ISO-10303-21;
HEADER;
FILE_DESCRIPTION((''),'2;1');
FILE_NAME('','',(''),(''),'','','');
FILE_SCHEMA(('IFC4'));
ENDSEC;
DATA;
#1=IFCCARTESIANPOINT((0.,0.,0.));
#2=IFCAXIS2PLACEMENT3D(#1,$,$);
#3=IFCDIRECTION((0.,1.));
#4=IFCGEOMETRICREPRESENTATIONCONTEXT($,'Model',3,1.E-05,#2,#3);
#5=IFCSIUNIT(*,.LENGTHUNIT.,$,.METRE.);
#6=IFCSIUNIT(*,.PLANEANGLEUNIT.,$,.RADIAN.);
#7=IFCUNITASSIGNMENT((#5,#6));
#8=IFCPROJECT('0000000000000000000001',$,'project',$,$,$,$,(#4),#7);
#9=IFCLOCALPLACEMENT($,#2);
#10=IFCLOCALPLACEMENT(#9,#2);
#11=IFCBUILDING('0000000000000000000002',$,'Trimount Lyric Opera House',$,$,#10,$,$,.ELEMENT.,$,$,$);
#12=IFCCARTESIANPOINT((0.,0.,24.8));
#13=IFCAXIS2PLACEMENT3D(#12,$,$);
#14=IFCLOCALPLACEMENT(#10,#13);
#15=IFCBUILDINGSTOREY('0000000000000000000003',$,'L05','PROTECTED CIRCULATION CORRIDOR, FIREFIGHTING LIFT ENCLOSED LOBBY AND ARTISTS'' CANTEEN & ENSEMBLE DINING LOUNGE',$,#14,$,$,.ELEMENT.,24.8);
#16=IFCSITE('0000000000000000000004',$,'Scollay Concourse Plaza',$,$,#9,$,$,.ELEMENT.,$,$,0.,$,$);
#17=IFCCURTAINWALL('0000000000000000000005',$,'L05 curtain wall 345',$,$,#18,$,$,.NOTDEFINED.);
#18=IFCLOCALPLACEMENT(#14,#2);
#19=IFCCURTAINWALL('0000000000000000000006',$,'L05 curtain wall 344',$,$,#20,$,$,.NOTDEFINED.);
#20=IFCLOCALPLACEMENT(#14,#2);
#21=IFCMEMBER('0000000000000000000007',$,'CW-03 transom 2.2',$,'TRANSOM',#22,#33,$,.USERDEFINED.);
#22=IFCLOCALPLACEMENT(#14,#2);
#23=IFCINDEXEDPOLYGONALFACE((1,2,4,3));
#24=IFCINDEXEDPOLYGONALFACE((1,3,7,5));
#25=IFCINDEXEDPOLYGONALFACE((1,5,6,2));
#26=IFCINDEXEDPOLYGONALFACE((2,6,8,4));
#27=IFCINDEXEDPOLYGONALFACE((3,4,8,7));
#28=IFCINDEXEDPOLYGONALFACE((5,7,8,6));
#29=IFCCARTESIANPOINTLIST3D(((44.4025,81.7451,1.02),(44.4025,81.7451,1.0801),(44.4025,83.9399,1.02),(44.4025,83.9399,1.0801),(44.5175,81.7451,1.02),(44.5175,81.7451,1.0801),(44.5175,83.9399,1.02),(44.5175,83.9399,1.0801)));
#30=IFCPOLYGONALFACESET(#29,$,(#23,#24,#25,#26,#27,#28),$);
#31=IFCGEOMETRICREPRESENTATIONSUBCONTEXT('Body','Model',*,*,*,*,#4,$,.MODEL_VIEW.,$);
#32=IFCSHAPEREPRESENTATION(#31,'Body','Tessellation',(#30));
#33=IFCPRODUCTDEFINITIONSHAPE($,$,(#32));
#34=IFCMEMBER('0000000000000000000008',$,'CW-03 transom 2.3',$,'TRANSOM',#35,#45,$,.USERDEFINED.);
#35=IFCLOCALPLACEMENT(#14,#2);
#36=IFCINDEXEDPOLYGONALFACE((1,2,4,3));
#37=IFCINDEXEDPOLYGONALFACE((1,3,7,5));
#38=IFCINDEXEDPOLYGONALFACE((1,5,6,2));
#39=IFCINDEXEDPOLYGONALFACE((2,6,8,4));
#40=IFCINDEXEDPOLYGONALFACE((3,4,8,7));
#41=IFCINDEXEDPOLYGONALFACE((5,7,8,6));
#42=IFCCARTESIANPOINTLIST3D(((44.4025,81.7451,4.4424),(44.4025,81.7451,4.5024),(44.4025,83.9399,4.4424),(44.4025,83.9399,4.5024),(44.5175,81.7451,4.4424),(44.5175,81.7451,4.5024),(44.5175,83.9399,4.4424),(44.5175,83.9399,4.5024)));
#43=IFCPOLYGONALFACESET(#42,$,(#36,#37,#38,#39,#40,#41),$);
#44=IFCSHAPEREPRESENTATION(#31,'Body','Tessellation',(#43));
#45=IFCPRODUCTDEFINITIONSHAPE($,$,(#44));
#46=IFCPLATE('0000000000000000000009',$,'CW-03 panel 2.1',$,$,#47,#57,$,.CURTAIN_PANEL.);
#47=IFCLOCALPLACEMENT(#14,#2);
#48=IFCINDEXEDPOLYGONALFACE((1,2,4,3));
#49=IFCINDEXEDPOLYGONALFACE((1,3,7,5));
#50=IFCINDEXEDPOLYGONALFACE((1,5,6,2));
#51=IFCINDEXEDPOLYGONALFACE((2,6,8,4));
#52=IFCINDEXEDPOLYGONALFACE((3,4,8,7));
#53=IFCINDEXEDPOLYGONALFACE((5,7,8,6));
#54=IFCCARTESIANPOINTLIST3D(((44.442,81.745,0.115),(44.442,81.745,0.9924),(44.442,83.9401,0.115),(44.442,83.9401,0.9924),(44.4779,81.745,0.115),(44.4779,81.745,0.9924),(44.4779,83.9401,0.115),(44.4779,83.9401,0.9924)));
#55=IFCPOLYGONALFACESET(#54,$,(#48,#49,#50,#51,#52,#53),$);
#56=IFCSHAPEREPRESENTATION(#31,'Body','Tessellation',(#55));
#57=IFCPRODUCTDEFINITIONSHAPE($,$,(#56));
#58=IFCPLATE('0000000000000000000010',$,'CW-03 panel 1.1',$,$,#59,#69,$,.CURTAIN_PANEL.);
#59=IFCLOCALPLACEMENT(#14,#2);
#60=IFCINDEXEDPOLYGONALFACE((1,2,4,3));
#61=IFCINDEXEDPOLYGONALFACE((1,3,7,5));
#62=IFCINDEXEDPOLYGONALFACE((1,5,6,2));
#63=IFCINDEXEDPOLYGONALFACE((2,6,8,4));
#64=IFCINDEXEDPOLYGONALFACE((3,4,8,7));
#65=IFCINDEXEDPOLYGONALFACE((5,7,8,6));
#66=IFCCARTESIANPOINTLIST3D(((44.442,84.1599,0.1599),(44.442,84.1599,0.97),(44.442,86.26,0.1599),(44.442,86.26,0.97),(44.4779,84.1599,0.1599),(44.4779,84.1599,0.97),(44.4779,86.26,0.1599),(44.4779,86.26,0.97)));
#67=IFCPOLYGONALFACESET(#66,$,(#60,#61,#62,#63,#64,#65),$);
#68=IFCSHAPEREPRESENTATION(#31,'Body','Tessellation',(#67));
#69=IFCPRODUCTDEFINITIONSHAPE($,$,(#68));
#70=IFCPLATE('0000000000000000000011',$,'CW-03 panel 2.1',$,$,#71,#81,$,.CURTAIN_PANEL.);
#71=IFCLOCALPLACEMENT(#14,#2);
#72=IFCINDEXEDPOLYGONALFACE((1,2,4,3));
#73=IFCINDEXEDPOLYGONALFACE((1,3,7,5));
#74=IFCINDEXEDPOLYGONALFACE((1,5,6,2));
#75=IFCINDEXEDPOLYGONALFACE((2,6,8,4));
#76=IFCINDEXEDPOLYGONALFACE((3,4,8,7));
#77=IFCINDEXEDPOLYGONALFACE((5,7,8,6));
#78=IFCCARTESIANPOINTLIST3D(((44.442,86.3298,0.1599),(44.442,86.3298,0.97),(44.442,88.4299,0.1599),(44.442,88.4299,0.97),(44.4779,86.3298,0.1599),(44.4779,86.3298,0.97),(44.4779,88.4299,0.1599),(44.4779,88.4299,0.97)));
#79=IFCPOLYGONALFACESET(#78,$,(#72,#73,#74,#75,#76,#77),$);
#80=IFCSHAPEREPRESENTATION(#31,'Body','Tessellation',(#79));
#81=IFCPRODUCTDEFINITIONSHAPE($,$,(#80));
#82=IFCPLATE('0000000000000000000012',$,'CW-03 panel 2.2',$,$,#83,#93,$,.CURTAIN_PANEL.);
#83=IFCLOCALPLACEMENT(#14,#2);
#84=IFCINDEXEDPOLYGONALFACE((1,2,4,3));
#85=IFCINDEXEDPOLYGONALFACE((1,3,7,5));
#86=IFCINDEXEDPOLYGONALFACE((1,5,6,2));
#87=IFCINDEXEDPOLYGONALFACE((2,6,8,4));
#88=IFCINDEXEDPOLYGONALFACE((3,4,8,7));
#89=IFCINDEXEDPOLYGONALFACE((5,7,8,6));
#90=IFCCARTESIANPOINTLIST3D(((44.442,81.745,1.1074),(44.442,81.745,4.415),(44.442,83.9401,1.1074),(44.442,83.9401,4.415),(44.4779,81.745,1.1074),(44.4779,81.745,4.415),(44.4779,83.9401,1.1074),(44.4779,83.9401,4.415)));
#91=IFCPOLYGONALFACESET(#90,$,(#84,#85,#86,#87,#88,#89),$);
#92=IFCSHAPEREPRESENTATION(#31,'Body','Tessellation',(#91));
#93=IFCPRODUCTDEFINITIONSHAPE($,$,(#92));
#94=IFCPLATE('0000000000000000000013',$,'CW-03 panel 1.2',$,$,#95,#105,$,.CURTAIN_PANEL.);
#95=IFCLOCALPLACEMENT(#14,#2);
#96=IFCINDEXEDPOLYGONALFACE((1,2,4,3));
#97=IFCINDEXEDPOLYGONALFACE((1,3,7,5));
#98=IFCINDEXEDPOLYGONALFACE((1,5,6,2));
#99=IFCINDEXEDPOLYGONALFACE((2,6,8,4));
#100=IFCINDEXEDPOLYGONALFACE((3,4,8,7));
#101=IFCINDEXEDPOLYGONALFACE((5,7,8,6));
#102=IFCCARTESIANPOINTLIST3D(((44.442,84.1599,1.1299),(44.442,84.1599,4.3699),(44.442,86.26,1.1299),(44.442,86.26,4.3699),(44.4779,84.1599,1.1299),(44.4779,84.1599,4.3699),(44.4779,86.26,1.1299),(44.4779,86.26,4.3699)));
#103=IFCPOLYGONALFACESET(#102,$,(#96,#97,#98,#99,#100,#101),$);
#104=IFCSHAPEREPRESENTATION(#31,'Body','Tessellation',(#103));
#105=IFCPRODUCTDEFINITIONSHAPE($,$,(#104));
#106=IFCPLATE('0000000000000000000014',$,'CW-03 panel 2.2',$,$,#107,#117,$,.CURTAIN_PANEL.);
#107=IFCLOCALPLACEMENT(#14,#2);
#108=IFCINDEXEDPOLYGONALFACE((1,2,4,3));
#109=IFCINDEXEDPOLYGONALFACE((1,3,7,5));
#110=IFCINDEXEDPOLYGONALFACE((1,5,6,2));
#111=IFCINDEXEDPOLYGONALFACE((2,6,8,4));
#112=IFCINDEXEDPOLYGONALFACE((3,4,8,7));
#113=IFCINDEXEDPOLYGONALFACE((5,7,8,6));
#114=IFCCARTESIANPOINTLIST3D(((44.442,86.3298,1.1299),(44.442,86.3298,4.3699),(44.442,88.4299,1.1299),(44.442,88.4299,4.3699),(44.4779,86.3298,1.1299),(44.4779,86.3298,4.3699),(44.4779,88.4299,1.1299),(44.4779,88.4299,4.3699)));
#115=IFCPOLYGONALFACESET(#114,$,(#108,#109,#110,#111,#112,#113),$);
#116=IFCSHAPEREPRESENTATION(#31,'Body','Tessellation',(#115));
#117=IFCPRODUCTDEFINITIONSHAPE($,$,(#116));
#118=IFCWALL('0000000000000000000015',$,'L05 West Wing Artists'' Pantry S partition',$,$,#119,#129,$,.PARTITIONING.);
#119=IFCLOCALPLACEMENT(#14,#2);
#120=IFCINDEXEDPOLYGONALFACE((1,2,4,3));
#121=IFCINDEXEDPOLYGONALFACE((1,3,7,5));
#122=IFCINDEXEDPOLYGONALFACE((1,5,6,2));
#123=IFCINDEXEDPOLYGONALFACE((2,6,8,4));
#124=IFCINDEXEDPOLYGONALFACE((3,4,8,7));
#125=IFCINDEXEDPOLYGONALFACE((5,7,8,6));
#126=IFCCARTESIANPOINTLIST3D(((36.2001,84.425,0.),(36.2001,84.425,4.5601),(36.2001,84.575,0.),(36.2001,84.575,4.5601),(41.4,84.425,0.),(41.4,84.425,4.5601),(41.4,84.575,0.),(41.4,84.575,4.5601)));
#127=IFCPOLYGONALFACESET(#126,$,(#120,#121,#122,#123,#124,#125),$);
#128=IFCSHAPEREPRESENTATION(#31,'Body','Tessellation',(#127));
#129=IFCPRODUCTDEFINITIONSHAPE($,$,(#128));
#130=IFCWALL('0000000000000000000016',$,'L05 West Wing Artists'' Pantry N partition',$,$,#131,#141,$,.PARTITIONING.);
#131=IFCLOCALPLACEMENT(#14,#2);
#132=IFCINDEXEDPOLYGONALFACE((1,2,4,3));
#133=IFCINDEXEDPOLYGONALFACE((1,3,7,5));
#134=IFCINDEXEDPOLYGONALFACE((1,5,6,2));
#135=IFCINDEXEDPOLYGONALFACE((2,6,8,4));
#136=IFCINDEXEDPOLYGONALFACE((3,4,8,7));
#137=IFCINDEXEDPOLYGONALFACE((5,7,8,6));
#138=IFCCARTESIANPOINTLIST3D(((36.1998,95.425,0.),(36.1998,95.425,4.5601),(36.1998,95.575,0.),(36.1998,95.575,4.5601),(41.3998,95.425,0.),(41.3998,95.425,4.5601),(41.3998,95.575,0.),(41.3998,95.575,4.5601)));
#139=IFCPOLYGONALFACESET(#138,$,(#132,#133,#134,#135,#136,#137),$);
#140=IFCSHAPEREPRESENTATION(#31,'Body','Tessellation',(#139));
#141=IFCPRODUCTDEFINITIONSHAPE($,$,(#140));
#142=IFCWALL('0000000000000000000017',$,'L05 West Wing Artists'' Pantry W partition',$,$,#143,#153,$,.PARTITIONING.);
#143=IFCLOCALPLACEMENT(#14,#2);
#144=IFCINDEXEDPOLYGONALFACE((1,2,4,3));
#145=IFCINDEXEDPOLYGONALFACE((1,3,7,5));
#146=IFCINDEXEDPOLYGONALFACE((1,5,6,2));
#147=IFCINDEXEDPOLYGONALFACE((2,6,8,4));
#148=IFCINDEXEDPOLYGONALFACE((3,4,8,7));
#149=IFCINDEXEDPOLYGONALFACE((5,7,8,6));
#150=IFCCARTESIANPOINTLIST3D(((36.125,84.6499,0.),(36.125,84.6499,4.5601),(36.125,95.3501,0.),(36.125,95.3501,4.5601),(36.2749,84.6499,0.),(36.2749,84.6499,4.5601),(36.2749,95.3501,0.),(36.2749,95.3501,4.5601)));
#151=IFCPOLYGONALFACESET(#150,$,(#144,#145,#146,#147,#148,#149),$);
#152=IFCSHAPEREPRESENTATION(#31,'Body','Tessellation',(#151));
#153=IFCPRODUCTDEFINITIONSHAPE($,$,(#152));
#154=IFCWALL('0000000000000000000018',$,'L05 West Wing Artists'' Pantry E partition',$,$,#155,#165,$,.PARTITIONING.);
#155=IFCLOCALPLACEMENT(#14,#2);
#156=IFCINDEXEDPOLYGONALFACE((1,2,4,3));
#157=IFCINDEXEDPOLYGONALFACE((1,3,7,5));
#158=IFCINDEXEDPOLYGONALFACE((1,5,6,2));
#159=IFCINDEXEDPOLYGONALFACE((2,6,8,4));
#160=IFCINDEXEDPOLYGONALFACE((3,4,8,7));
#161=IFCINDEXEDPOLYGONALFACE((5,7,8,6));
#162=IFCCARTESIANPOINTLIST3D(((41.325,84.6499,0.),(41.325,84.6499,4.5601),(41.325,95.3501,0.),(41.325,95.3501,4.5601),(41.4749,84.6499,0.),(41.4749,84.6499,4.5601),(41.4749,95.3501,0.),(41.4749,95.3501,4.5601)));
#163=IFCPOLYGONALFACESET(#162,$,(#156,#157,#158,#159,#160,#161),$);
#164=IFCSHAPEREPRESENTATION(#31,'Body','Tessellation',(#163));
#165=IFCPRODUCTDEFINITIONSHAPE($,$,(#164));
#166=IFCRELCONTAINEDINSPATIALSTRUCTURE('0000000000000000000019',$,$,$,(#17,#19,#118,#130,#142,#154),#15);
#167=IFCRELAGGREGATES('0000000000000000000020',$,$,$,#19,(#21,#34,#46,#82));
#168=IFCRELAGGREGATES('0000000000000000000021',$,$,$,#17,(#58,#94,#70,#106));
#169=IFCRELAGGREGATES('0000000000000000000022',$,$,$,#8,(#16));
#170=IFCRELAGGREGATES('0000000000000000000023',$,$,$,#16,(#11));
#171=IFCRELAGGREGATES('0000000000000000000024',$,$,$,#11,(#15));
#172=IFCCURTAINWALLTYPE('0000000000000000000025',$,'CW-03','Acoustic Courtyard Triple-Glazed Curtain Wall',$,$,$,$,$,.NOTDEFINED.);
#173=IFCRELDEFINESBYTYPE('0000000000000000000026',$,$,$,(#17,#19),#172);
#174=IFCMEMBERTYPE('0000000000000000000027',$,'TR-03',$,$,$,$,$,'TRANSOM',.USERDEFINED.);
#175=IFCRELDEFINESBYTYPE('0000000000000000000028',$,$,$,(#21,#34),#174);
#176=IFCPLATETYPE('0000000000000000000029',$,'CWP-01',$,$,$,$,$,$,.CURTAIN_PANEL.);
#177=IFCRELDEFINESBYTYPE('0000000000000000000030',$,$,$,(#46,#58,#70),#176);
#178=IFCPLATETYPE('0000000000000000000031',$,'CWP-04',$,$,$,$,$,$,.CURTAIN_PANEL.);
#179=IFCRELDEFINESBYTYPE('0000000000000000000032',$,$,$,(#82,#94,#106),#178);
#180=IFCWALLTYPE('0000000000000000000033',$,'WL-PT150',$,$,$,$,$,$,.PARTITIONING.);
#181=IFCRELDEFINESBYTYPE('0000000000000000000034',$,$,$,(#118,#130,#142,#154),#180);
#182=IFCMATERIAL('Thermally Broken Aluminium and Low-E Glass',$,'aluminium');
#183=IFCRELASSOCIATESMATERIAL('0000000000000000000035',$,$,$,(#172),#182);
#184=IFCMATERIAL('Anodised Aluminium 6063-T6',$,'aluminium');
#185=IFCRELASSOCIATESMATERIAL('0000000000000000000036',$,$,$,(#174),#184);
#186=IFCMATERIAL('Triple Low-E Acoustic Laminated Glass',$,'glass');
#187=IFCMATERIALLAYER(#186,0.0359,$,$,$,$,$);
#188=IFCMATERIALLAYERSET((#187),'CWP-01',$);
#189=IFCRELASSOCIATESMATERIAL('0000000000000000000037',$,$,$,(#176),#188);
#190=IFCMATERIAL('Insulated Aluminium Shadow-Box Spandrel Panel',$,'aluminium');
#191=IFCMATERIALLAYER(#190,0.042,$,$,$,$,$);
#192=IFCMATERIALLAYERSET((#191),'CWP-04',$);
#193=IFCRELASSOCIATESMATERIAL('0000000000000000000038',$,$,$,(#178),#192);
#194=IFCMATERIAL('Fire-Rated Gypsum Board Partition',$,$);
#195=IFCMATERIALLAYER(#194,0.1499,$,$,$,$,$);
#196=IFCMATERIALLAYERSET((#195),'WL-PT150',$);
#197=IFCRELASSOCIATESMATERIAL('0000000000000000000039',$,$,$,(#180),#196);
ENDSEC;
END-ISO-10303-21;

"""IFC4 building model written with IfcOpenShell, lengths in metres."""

from ifc_helpers import new_model, si_unit, direction, frame, frame_2d, origin, origin_2d, place, context, subcontext, project, spatial, rectangle, extrude, material, layer, layer_set, material_profile, profile_set, type_object, element, aggregate, save


model = new_model("IFC4")

# Units and contexts
model_context = context("Model", 3, precision=1e-05, world=origin(), true_north=direction((0.0, 1.0)))
body_context = subcontext(model_context, "Body", "Model", "MODEL_VIEW")
ifc_project = project(units=[si_unit("LENGTHUNIT", "METRE"), si_unit("PLANEANGLEUNIT", "RADIAN")], contexts=[model_context])

# Site, building, storey
site_placement = place(None, origin())
site = spatial("IfcSite", under=ifc_project, at=site_placement, Name="Scollay Concourse Plaza", CompositionType="ELEMENT", RefElevation=0.0)
building_placement = place(site_placement, origin())
building = spatial("IfcBuilding", under=site, at=building_placement, Name="Trimount Lyric Opera House", CompositionType="ELEMENT")
storey_placement = place(building_placement, frame((0.0, 0.0, 24.8)))
storey = spatial("IfcBuildingStorey", under=building, at=storey_placement, Name="L05", Description="PROTECTED CIRCULATION CORRIDOR, FIREFIGHTING LIFT ENCLOSED LOBBY AND ARTISTS' CANTEEN & ENSEMBLE DINING LOUNGE", CompositionType="ELEMENT", Elevation=24.8)

# Curtain wall
ifc_material_1 = material(Name="Thermally Broken Aluminium and Low-E Glass", Category="aluminium")
curtain_wall_type = type_object("IfcCurtainWallType", Name="CW-03", Description="Acoustic Courtyard Triple-Glazed Curtain Wall", PredefinedType="NOTDEFINED", material=ifc_material_1)
curtain_wall_1_placement = place(storey_placement, origin())
curtain_wall_1 = element("IfcCurtainWall", 1, at=curtain_wall_1_placement, inside=storey, type_object=curtain_wall_type, Name="L05 curtain wall 345", PredefinedType="NOTDEFINED")

# Curtain wall
curtain_wall_2_placement = place(storey_placement, origin())
curtain_wall_2 = element("IfcCurtainWall", 2, at=curtain_wall_2_placement, inside=storey, type_object=curtain_wall_type, Name="L05 curtain wall 344", PredefinedType="NOTDEFINED")

# Members
ifc_material_2 = material(Name="Anodised Aluminium 6063-T6", Category="aluminium")
ifc_material_profile_1 = material_profile(ifc_material_2, rectangle(XDim=0.115, YDim=0.0601, at=origin_2d()), Name="ALU-TRAN-60X115")
ifc_profile_set_1 = profile_set([ifc_material_profile_1], Name="Anodised Aluminium 6063-T6")
member_type_1 = type_object("IfcMemberType", Name="TR-03", ElementType="TRANSOM", PredefinedType="USERDEFINED", material=ifc_profile_set_1)
member_1_placement = place(storey_placement, frame((44.46, 81.7451, 1.05), z_axis=(0.0, 1.0, 0.0), x_axis=(-1.0, 0.0, 0.0)))
member_1 = element("IfcMember", 3, at=member_1_placement, type_object=member_type_1, Name="CW-03 transom 2.2", ObjectType="TRANSOM", PredefinedType="USERDEFINED", context=body_context, shape_type="SweptSolid", body=[
    extrude(rectangle(XDim=0.115, YDim=0.0601, at=origin_2d()), origin(), (0.0, 0.0, 1.0), 2.1948),
])
member_2_placement = place(storey_placement, frame((44.46, 81.7451, 4.4724), z_axis=(0.0, 1.0, 0.0), x_axis=(-1.0, 0.0, 0.0)))
member_2 = element("IfcMember", 4, at=member_2_placement, type_object=member_type_1, Name="CW-03 transom 2.3", ObjectType="TRANSOM", PredefinedType="USERDEFINED", context=body_context, shape_type="SweptSolid", body=[
    extrude(rectangle(XDim=0.115, YDim=0.0601, at=origin_2d()), origin(), (0.0, 0.0, 1.0), 2.1948),
])

# Plates
ifc_material_3 = material(Name="Triple Low-E Acoustic Laminated Glass", Category="glass")
ifc_layer_1 = layer(ifc_material_3, 0.0359)
ifc_layer_set_1 = layer_set([ifc_layer_1], Name="CWP-01")
plate_type_1 = type_object("IfcPlateType", Name="CWP-01", PredefinedType="CURTAIN_PANEL", material=ifc_layer_set_1)
plate_1_placement = place(storey_placement, frame((44.46, 82.8425, 0.115), z_axis=(0.0, 0.0, 1.0), x_axis=(0.0, 1.0, 0.0)))
plate_1 = element("IfcPlate", 5, at=plate_1_placement, type_object=plate_type_1, Name="CW-03 panel 2.1", PredefinedType="CURTAIN_PANEL", context=body_context, shape_type="SweptSolid", body=[
    extrude(rectangle(XDim=2.1951, YDim=0.0359, at=origin_2d()), origin(), (0.0, 0.0, 1.0), 0.8774),
])
plate_2_placement = place(storey_placement, frame((44.46, 85.21, 0.1599), z_axis=(0.0, 0.0, 1.0), x_axis=(0.0, 1.0, 0.0)))
plate_2 = element("IfcPlate", 6, at=plate_2_placement, type_object=plate_type_1, Name="CW-03 panel 1.1", PredefinedType="CURTAIN_PANEL", context=body_context, shape_type="SweptSolid", body=[
    extrude(rectangle(XDim=2.1001, YDim=0.0359, at=origin_2d()), origin(), (0.0, 0.0, 1.0), 0.8101),
])
plate_3_placement = place(storey_placement, frame((44.46, 87.3799, 0.1599), z_axis=(0.0, 0.0, 1.0), x_axis=(0.0, 1.0, 0.0)))
plate_3 = element("IfcPlate", 7, at=plate_3_placement, type_object=plate_type_1, Name="CW-03 panel 2.1", PredefinedType="CURTAIN_PANEL", context=body_context, shape_type="SweptSolid", body=[
    extrude(rectangle(XDim=2.1001, YDim=0.0359, at=origin_2d()), origin(), (0.0, 0.0, 1.0), 0.8101),
])
ifc_material_4 = material(Name="Insulated Aluminium Shadow-Box Spandrel Panel", Category="aluminium")
ifc_layer_2 = layer(ifc_material_4, 0.042)
ifc_layer_set_2 = layer_set([ifc_layer_2], Name="CWP-04")
plate_type_2 = type_object("IfcPlateType", Name="CWP-04", PredefinedType="CURTAIN_PANEL", material=ifc_layer_set_2)
plate_4_placement = place(storey_placement, frame((44.46, 82.8425, 1.1074), z_axis=(0.0, 0.0, 1.0), x_axis=(0.0, 1.0, 0.0)))
plate_4 = element("IfcPlate", 8, at=plate_4_placement, type_object=plate_type_2, Name="CW-03 panel 2.2", PredefinedType="CURTAIN_PANEL", context=body_context, shape_type="SweptSolid", body=[
    extrude(rectangle(XDim=2.1951, YDim=0.0359, at=origin_2d()), origin(), (0.0, 0.0, 1.0), 3.3076),
])
aggregate(curtain_wall_2, [member_1, member_2, plate_1, plate_4])
plate_5_placement = place(storey_placement, frame((44.46, 85.21, 1.1299), z_axis=(0.0, 0.0, 1.0), x_axis=(0.0, 1.0, 0.0)))
plate_5 = element("IfcPlate", 9, at=plate_5_placement, type_object=plate_type_2, Name="CW-03 panel 1.2", PredefinedType="CURTAIN_PANEL", context=body_context, shape_type="SweptSolid", body=[
    extrude(rectangle(XDim=2.1001, YDim=0.0359, at=origin_2d()), origin(), (0.0, 0.0, 1.0), 3.24),
])
plate_6_placement = place(storey_placement, frame((44.46, 87.3799, 1.1299), z_axis=(0.0, 0.0, 1.0), x_axis=(0.0, 1.0, 0.0)))
plate_6 = element("IfcPlate", 10, at=plate_6_placement, type_object=plate_type_2, Name="CW-03 panel 2.2", PredefinedType="CURTAIN_PANEL", context=body_context, shape_type="SweptSolid", body=[
    extrude(rectangle(XDim=2.1001, YDim=0.0359, at=origin_2d()), origin(), (0.0, 0.0, 1.0), 3.24),
])
aggregate(curtain_wall_1, [plate_2, plate_5, plate_3, plate_6])

# Walls
ifc_material_5 = material(Name="Fire-Rated Gypsum Board Partition")
ifc_layer_3 = layer(ifc_material_5, 0.1499)
ifc_layer_set_3 = layer_set([ifc_layer_3], Name="WL-PT150")
wall_type = type_object("IfcWallType", Name="WL-PT150", PredefinedType="PARTITIONING", material=ifc_layer_set_3)
for number, where, z_axis, x_axis, name in (
    (11, (36.2, 84.5, 0.0), (0.0, 0.0, 1.0), (1.0, 0.0, 0.0), "L05 West Wing Artists' Pantry S partition"),
    (12, (41.3999, 95.5, 0.0), (0.0, 0.0, 1.0), (-1.0, 0.0, 0.0), "L05 West Wing Artists' Pantry N partition"),
):
    element("IfcWall", number, at=place(storey_placement, frame(where, z_axis=z_axis, x_axis=x_axis)), inside=storey, type_object=wall_type, Name=name, PredefinedType="PARTITIONING", context=body_context, shape_type="SweptSolid", body=[
        extrude(rectangle(XDim=5.2, YDim=0.1499, at=frame_2d((2.6001, 0.0))), origin(), (0.0, 0.0, 1.0), 4.5601),
    ])
for number, where, z_axis, x_axis, name in (
    (13, (36.2, 95.3501, 0.0), (0.0, 0.0, 1.0), (0.0, -1.0, 0.0), "L05 West Wing Artists' Pantry W partition"),
    (14, (41.3999, 84.6499, 0.0), (0.0, 0.0, 1.0), (0.0, 1.0, 0.0), "L05 West Wing Artists' Pantry E partition"),
):
    element("IfcWall", number, at=place(storey_placement, frame(where, z_axis=z_axis, x_axis=x_axis)), inside=storey, type_object=wall_type, Name=name, PredefinedType="PARTITIONING", context=body_context, shape_type="SweptSolid", body=[
        extrude(rectangle(XDim=10.7002, YDim=0.1499, at=frame_2d((5.3501, 0.0))), origin(), (0.0, 0.0, 1.0), 4.5601),
    ])

save(model, "model.ifc")
